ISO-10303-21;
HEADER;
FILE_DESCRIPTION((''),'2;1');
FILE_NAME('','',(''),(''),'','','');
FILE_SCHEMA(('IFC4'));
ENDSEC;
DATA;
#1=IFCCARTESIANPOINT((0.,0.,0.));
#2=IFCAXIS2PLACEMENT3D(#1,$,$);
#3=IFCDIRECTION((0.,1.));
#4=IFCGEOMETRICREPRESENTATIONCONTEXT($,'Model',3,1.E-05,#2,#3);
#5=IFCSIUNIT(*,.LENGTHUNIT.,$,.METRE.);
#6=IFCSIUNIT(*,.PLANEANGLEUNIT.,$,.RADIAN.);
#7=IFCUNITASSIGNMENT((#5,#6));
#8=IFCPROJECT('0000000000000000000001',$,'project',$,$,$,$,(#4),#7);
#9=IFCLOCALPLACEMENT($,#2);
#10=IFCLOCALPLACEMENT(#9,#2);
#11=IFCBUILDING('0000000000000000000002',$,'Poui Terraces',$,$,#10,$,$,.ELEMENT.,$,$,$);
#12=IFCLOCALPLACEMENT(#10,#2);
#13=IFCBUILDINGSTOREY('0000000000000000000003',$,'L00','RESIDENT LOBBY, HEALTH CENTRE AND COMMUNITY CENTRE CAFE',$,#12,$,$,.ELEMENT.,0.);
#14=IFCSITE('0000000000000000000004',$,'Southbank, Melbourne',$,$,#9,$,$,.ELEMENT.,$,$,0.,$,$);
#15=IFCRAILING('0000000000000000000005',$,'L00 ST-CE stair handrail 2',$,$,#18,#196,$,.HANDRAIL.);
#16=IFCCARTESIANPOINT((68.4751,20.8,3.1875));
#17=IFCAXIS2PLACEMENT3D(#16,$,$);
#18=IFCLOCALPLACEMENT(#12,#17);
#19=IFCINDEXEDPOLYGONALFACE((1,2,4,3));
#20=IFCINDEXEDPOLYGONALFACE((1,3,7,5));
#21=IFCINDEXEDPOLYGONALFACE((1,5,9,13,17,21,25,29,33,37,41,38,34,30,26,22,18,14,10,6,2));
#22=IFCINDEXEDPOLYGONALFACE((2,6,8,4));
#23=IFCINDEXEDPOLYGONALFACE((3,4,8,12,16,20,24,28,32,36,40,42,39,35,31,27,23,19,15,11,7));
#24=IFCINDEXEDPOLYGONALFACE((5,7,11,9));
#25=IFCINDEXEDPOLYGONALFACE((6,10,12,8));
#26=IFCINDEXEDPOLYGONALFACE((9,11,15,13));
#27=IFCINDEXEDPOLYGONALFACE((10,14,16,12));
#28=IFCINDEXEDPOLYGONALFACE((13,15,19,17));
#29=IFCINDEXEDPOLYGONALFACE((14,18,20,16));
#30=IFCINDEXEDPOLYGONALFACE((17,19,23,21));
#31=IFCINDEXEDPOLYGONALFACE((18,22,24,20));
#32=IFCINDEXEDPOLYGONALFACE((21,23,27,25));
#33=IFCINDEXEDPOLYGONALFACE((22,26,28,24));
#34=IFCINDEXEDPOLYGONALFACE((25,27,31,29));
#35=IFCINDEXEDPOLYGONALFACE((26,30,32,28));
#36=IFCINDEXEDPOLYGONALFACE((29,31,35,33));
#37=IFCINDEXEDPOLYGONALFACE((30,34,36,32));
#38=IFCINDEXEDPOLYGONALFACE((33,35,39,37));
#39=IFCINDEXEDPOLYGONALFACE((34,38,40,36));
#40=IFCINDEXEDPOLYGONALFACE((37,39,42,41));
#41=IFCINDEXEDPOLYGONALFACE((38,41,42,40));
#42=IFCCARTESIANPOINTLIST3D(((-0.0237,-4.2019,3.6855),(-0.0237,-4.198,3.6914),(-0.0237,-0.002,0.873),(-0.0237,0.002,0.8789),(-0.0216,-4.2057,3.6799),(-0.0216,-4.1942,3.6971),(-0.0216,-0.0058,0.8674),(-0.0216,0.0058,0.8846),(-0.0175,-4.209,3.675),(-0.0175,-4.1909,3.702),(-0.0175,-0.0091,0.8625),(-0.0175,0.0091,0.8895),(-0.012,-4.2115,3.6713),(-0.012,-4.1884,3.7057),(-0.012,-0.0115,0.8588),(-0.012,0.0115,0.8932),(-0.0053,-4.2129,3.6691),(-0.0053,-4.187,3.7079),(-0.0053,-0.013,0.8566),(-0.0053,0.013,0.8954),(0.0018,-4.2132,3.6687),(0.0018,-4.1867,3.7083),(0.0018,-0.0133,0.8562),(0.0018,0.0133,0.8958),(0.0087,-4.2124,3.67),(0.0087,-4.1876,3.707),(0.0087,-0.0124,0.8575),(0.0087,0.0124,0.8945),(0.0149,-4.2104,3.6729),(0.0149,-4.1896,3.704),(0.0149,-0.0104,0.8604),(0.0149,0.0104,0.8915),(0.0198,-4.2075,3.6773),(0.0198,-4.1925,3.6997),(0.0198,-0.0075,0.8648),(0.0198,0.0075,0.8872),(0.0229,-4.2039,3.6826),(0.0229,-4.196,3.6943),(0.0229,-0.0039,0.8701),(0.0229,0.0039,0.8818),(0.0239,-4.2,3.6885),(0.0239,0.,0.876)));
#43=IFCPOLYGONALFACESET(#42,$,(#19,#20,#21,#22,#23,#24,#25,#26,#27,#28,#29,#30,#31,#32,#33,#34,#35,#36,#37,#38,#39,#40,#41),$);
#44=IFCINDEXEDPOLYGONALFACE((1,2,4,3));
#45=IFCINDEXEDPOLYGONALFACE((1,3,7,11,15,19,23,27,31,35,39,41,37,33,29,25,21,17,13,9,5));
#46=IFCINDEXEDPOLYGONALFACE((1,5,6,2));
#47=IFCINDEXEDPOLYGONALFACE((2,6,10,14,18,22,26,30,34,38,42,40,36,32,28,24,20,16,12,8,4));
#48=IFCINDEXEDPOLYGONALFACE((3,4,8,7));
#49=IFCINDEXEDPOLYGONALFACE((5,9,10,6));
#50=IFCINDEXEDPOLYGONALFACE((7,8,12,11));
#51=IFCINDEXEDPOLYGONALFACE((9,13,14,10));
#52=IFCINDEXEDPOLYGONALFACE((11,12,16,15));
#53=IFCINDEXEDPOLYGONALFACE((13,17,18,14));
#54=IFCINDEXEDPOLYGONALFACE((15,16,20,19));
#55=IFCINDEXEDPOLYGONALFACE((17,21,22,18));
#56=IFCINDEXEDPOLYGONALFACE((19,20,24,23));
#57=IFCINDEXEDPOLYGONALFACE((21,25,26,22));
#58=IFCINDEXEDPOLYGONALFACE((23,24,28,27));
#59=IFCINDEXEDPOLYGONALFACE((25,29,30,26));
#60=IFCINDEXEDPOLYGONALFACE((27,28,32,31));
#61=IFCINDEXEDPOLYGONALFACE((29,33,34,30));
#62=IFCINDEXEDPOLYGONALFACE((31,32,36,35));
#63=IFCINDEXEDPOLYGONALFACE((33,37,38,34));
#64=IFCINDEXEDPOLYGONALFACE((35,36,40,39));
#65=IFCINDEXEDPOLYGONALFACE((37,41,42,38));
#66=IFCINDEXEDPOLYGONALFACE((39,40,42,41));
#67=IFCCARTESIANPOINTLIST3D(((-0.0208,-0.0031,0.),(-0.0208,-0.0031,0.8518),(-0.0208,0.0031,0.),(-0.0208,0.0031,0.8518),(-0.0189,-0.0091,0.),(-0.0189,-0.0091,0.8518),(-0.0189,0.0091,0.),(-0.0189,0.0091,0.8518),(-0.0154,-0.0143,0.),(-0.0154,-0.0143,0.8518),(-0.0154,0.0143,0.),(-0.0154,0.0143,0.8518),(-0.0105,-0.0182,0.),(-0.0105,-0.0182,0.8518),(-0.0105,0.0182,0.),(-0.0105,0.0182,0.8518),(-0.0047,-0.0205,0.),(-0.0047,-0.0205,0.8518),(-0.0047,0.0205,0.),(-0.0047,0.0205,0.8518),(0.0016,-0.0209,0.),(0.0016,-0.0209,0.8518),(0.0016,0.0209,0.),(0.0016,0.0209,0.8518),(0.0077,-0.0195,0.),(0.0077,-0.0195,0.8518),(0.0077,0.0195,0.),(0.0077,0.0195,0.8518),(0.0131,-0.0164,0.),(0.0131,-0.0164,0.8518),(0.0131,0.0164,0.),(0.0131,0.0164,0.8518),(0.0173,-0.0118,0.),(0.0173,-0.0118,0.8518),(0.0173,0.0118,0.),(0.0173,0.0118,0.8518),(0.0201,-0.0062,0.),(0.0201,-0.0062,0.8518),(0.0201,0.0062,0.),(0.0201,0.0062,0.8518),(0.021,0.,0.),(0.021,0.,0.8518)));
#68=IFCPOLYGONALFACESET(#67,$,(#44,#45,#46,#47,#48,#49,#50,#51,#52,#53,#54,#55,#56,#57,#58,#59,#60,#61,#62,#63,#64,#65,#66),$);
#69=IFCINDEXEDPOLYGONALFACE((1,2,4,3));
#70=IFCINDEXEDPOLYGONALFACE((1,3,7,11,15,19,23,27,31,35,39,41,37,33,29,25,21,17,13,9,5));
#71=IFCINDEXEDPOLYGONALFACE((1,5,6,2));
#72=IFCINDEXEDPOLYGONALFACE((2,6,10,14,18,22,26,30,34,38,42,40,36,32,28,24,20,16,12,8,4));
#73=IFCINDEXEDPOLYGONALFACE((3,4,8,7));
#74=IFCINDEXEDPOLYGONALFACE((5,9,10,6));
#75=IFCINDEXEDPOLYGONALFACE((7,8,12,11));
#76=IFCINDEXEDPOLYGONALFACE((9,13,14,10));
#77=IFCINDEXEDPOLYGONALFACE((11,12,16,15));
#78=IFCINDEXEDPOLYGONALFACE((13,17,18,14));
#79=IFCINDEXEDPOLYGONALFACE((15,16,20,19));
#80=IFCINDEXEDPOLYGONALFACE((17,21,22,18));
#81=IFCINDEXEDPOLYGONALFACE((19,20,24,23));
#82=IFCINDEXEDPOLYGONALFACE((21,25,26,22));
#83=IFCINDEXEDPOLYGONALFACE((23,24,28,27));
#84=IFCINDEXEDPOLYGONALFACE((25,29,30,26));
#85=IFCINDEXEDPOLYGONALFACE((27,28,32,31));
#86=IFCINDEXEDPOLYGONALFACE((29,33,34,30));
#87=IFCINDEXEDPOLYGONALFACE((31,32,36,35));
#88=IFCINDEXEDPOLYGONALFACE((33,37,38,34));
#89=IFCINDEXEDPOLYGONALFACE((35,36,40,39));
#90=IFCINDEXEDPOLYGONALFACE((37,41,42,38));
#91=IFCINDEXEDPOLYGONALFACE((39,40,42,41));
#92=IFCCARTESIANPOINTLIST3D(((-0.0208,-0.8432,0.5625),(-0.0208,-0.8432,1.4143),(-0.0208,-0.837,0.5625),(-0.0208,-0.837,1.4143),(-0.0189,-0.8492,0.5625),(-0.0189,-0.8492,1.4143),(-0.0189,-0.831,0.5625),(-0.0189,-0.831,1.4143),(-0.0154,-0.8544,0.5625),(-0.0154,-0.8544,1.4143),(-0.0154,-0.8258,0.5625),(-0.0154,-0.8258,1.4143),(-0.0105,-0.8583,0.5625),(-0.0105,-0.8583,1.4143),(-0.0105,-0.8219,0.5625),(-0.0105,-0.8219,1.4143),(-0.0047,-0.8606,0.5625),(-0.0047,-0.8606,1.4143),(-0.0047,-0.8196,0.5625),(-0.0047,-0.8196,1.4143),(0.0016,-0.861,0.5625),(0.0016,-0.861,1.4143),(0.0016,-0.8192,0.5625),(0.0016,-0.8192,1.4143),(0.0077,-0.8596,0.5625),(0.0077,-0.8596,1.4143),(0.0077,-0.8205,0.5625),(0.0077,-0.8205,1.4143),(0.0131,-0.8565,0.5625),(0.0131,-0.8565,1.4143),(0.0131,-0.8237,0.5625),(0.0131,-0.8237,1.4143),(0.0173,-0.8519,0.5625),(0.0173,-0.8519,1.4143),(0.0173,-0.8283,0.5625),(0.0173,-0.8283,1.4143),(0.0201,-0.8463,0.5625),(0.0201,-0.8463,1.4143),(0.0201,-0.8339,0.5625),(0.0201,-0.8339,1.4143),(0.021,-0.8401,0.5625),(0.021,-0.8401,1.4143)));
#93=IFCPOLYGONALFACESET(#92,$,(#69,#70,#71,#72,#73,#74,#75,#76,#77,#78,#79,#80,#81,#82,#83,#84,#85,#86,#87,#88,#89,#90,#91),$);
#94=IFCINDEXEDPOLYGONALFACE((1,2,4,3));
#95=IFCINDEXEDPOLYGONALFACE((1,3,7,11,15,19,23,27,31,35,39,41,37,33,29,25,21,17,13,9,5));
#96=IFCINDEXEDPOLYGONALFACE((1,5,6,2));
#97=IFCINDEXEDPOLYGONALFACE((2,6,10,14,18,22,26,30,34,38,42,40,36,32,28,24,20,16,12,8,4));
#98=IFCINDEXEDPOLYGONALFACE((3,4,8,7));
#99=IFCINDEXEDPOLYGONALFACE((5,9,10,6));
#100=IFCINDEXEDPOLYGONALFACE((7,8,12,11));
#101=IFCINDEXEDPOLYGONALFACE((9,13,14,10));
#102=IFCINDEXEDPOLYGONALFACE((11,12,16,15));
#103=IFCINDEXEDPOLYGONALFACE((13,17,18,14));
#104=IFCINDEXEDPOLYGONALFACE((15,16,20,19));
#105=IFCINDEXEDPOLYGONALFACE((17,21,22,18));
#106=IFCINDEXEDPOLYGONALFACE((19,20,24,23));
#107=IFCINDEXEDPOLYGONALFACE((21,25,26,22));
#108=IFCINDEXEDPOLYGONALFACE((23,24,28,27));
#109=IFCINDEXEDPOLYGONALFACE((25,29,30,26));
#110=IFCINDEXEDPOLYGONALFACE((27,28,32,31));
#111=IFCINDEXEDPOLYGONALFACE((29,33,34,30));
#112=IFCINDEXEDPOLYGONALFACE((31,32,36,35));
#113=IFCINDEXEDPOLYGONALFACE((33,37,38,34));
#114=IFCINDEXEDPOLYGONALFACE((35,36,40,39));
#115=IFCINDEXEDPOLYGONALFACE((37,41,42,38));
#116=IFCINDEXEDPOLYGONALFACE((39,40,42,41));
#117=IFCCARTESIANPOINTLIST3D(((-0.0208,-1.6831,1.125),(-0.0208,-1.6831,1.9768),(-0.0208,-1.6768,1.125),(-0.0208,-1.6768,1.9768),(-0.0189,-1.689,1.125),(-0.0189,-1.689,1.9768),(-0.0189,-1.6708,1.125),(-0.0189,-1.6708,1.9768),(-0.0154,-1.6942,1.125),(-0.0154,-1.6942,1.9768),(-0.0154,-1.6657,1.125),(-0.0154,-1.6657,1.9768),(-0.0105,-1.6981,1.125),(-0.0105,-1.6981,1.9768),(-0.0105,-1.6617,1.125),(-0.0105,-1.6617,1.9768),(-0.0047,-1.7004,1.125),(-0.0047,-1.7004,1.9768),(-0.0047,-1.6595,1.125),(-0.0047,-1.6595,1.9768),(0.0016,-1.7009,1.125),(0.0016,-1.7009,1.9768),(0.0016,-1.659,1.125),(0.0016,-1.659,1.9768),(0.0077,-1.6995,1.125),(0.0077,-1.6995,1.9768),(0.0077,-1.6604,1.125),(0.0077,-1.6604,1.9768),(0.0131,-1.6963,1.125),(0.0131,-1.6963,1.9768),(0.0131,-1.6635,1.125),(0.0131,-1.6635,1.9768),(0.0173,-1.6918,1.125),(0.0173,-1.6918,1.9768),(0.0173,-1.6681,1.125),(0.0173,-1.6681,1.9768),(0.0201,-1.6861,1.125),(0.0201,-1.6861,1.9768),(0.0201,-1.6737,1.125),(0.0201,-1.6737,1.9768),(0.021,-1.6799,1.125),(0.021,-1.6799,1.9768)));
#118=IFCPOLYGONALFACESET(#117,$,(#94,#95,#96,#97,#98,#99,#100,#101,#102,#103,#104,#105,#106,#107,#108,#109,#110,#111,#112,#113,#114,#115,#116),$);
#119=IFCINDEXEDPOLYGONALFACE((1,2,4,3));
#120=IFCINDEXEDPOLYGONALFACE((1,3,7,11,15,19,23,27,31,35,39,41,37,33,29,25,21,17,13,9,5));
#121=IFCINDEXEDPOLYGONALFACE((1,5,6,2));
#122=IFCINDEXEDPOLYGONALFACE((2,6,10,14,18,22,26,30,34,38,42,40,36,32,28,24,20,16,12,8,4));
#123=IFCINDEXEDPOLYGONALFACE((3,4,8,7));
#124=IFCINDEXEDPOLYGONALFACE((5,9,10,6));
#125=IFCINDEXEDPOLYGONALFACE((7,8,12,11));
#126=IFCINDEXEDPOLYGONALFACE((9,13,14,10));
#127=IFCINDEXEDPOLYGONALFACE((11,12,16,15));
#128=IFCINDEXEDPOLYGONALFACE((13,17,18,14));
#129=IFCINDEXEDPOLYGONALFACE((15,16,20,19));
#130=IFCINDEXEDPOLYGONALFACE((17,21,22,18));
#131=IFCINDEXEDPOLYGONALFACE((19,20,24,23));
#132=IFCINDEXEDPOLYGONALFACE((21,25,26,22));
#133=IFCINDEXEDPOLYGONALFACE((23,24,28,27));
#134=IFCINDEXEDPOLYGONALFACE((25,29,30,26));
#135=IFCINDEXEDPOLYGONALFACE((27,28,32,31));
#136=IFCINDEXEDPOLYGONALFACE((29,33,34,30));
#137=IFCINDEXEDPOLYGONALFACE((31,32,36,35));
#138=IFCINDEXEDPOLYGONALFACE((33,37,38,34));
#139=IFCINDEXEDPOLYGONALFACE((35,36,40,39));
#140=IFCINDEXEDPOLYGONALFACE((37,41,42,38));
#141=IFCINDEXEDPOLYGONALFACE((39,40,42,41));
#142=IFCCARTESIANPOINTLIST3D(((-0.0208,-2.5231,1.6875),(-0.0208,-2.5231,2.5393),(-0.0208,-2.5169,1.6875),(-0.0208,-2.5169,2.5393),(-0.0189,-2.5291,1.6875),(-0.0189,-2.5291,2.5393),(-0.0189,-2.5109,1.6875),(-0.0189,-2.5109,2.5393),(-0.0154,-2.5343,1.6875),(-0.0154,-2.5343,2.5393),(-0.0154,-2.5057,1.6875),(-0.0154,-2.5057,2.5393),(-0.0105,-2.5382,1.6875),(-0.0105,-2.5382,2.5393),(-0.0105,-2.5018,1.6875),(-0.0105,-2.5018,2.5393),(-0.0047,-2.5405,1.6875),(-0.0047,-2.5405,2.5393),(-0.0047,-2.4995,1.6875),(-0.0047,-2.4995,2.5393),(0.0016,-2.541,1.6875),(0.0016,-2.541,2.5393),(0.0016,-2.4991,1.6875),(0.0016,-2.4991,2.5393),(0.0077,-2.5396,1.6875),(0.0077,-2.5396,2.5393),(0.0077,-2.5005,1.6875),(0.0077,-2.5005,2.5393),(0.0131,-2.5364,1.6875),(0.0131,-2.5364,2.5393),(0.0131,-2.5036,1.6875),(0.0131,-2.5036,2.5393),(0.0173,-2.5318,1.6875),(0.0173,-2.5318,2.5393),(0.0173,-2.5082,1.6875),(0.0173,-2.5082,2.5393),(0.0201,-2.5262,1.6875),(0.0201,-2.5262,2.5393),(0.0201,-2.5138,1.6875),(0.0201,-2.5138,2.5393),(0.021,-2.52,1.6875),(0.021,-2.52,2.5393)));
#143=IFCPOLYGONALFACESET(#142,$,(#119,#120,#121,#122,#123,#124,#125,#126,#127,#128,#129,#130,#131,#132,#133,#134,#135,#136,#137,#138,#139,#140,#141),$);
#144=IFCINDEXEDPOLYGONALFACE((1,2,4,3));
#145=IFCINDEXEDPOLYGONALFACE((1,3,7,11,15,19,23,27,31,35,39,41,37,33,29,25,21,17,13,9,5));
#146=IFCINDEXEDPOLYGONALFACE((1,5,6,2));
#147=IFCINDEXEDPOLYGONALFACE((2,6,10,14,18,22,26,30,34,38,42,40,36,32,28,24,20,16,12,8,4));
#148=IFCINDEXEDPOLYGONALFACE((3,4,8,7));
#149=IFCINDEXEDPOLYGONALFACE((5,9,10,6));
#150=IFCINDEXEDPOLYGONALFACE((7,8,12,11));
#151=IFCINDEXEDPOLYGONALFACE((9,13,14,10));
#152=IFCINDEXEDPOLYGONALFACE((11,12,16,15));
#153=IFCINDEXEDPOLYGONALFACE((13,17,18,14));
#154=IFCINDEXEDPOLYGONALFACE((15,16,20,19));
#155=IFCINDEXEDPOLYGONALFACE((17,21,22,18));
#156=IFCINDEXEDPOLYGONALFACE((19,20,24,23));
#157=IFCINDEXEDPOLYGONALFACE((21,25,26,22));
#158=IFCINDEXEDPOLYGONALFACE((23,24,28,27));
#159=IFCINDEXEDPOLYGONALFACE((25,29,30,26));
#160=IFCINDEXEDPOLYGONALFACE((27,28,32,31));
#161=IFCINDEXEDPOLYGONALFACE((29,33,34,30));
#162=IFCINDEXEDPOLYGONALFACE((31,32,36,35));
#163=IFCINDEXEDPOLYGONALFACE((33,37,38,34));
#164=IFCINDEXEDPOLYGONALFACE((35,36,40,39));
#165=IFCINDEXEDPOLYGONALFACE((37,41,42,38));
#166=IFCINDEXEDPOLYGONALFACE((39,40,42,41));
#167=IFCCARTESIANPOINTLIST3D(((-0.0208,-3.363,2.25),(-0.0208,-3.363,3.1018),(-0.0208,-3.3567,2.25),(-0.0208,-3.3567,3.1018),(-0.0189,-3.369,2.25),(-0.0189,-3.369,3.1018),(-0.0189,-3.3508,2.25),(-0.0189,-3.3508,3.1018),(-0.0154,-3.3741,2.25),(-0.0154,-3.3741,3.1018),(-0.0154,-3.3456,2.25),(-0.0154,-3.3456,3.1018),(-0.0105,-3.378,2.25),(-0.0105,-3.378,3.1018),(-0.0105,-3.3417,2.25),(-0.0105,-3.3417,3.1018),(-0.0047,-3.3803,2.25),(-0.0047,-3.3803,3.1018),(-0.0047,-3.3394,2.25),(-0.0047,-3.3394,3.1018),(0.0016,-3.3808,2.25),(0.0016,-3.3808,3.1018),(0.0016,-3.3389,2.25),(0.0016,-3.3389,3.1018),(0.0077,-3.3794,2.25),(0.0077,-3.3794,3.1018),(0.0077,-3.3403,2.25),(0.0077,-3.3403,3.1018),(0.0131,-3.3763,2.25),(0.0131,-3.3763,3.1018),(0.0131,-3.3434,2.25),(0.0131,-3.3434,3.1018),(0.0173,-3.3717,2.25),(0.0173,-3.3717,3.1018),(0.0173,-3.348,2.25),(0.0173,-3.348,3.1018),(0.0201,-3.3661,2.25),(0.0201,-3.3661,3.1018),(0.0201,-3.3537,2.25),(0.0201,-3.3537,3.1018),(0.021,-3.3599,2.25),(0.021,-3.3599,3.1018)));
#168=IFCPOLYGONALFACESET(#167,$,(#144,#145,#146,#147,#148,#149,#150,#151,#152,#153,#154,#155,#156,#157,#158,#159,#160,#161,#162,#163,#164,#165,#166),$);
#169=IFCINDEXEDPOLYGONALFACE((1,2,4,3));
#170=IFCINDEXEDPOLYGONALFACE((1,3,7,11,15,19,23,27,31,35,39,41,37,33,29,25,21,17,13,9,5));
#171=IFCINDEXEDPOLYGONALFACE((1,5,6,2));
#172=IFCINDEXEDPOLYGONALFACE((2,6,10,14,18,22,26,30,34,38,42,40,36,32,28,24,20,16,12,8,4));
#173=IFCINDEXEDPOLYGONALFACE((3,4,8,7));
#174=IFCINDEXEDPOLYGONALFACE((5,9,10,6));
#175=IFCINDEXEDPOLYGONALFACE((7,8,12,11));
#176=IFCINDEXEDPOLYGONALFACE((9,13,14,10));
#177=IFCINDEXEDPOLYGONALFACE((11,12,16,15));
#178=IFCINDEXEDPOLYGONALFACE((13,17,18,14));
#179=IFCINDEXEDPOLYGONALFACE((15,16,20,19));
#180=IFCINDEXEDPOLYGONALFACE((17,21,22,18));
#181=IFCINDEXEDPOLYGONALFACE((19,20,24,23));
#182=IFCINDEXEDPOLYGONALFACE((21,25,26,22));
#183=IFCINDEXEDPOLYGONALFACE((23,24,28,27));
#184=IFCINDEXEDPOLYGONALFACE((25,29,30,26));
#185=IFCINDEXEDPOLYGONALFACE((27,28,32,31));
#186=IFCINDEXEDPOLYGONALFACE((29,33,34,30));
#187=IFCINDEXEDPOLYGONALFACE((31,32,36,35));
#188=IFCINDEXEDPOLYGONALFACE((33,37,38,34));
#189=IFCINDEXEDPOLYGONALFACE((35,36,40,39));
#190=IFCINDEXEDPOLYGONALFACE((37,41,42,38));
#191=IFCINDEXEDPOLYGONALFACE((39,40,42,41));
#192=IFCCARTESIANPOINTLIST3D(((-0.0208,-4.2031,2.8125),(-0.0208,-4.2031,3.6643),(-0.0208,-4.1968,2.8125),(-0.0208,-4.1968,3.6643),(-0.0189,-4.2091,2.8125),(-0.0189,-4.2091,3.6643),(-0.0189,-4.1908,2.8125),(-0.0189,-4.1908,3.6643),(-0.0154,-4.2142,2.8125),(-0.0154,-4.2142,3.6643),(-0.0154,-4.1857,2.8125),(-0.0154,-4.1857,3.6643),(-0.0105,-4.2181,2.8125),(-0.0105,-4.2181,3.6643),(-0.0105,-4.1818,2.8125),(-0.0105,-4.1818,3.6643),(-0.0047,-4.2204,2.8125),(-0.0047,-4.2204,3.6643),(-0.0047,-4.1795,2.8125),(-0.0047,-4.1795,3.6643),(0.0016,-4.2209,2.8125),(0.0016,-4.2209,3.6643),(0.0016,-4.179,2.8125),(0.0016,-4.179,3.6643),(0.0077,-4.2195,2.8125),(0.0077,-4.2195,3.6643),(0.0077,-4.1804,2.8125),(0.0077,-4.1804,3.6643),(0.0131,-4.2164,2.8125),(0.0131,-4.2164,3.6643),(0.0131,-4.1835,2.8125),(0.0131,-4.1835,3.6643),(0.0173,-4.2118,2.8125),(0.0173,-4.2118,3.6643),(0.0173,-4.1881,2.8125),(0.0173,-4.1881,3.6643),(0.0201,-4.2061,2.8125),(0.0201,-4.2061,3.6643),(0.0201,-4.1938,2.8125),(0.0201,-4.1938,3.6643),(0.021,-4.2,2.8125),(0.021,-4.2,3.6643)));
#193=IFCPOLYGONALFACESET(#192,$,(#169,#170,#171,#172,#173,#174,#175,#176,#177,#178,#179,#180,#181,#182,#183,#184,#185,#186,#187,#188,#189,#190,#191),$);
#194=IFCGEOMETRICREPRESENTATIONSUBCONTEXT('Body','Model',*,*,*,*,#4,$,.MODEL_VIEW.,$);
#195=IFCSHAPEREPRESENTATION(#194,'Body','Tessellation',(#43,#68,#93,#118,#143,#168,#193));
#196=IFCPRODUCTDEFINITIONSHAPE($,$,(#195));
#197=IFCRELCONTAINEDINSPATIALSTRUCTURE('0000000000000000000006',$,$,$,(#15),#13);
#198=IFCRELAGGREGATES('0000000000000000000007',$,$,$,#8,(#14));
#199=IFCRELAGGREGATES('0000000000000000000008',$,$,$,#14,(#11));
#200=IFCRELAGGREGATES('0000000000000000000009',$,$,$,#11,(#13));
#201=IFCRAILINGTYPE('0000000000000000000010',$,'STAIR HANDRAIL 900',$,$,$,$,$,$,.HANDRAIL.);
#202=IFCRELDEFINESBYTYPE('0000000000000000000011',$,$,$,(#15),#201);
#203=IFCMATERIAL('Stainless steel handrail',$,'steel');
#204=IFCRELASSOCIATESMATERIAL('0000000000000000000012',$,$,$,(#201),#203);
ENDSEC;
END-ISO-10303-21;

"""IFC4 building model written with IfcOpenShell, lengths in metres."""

from ifc_helpers import new_model, si_unit, direction, frame, origin, origin_2d, place, context, subcontext, project, spatial, circle, extrude, material, type_object, element, save


model = new_model("IFC4")

# Units and contexts
model_context = context("Model", 3, precision=1e-05, world=origin(), true_north=direction((0.0, 1.0)))
body_context = subcontext(model_context, "Body", "Model", "MODEL_VIEW")
ifc_project = project(units=[si_unit("LENGTHUNIT", "METRE"), si_unit("PLANEANGLEUNIT", "RADIAN")], contexts=[model_context])

# Site, building, storey
site_placement = place(None, origin())
site = spatial("IfcSite", under=ifc_project, at=site_placement, Name="Southbank, Melbourne", CompositionType="ELEMENT", RefElevation=0.0)
building_placement = place(site_placement, origin())
building = spatial("IfcBuilding", under=site, at=building_placement, Name="Poui Terraces", CompositionType="ELEMENT")
storey_placement = place(building_placement, origin())
storey = spatial("IfcBuildingStorey", under=building, at=storey_placement, Name="L00", Description="RESIDENT LOBBY, HEALTH CENTRE AND COMMUNITY CENTRE CAFE", CompositionType="ELEMENT", Elevation=0.0)

# Railing
ifc_material_1 = material(Name="Stainless steel handrail", Category="steel")
railing_type_1 = type_object("IfcRailingType", Name="STAIR HANDRAIL 900", PredefinedType="HANDRAIL", material=ifc_material_1)
railing_1_placement = place(storey_placement, frame((68.4751, 20.8, 3.1875)))
element("IfcRailing", 1, at=railing_1_placement, inside=storey, type_object=railing_type_1, Name="L00 ST-CE stair handrail 2", PredefinedType="HANDRAIL", context=body_context, shape_type="SweptSolid", body=[
    extrude(circle(Radius=0.0239, at=origin_2d()), frame((0.0, 0.0, 0.876), z_axis=(0.0, -0.830904, 0.556416), x_axis=(1.0, 0.0, 0.0)), (0.0, 0.0, 1.0), 5.0547),
    extrude(circle(Radius=0.021, at=origin_2d()), origin(), (0.0, 0.0, 1.0), 0.8518),
    extrude(circle(Radius=0.021, at=origin_2d()), frame((0.0, -0.8401, 0.5625)), (0.0, 0.0, 1.0), 0.8518),
    extrude(circle(Radius=0.021, at=origin_2d()), frame((0.0, -1.6799, 1.125)), (0.0, 0.0, 1.0), 0.8518),
    extrude(circle(Radius=0.021, at=origin_2d()), frame((0.0, -2.52, 1.6875)), (0.0, 0.0, 1.0), 0.8518),
    extrude(circle(Radius=0.021, at=origin_2d()), frame((0.0, -3.3599, 2.25)), (0.0, 0.0, 1.0), 0.8518),
    extrude(circle(Radius=0.021, at=origin_2d()), frame((0.0, -4.2, 2.8125)), (0.0, 0.0, 1.0), 0.8518),
])

save(model, "model.ifc")
